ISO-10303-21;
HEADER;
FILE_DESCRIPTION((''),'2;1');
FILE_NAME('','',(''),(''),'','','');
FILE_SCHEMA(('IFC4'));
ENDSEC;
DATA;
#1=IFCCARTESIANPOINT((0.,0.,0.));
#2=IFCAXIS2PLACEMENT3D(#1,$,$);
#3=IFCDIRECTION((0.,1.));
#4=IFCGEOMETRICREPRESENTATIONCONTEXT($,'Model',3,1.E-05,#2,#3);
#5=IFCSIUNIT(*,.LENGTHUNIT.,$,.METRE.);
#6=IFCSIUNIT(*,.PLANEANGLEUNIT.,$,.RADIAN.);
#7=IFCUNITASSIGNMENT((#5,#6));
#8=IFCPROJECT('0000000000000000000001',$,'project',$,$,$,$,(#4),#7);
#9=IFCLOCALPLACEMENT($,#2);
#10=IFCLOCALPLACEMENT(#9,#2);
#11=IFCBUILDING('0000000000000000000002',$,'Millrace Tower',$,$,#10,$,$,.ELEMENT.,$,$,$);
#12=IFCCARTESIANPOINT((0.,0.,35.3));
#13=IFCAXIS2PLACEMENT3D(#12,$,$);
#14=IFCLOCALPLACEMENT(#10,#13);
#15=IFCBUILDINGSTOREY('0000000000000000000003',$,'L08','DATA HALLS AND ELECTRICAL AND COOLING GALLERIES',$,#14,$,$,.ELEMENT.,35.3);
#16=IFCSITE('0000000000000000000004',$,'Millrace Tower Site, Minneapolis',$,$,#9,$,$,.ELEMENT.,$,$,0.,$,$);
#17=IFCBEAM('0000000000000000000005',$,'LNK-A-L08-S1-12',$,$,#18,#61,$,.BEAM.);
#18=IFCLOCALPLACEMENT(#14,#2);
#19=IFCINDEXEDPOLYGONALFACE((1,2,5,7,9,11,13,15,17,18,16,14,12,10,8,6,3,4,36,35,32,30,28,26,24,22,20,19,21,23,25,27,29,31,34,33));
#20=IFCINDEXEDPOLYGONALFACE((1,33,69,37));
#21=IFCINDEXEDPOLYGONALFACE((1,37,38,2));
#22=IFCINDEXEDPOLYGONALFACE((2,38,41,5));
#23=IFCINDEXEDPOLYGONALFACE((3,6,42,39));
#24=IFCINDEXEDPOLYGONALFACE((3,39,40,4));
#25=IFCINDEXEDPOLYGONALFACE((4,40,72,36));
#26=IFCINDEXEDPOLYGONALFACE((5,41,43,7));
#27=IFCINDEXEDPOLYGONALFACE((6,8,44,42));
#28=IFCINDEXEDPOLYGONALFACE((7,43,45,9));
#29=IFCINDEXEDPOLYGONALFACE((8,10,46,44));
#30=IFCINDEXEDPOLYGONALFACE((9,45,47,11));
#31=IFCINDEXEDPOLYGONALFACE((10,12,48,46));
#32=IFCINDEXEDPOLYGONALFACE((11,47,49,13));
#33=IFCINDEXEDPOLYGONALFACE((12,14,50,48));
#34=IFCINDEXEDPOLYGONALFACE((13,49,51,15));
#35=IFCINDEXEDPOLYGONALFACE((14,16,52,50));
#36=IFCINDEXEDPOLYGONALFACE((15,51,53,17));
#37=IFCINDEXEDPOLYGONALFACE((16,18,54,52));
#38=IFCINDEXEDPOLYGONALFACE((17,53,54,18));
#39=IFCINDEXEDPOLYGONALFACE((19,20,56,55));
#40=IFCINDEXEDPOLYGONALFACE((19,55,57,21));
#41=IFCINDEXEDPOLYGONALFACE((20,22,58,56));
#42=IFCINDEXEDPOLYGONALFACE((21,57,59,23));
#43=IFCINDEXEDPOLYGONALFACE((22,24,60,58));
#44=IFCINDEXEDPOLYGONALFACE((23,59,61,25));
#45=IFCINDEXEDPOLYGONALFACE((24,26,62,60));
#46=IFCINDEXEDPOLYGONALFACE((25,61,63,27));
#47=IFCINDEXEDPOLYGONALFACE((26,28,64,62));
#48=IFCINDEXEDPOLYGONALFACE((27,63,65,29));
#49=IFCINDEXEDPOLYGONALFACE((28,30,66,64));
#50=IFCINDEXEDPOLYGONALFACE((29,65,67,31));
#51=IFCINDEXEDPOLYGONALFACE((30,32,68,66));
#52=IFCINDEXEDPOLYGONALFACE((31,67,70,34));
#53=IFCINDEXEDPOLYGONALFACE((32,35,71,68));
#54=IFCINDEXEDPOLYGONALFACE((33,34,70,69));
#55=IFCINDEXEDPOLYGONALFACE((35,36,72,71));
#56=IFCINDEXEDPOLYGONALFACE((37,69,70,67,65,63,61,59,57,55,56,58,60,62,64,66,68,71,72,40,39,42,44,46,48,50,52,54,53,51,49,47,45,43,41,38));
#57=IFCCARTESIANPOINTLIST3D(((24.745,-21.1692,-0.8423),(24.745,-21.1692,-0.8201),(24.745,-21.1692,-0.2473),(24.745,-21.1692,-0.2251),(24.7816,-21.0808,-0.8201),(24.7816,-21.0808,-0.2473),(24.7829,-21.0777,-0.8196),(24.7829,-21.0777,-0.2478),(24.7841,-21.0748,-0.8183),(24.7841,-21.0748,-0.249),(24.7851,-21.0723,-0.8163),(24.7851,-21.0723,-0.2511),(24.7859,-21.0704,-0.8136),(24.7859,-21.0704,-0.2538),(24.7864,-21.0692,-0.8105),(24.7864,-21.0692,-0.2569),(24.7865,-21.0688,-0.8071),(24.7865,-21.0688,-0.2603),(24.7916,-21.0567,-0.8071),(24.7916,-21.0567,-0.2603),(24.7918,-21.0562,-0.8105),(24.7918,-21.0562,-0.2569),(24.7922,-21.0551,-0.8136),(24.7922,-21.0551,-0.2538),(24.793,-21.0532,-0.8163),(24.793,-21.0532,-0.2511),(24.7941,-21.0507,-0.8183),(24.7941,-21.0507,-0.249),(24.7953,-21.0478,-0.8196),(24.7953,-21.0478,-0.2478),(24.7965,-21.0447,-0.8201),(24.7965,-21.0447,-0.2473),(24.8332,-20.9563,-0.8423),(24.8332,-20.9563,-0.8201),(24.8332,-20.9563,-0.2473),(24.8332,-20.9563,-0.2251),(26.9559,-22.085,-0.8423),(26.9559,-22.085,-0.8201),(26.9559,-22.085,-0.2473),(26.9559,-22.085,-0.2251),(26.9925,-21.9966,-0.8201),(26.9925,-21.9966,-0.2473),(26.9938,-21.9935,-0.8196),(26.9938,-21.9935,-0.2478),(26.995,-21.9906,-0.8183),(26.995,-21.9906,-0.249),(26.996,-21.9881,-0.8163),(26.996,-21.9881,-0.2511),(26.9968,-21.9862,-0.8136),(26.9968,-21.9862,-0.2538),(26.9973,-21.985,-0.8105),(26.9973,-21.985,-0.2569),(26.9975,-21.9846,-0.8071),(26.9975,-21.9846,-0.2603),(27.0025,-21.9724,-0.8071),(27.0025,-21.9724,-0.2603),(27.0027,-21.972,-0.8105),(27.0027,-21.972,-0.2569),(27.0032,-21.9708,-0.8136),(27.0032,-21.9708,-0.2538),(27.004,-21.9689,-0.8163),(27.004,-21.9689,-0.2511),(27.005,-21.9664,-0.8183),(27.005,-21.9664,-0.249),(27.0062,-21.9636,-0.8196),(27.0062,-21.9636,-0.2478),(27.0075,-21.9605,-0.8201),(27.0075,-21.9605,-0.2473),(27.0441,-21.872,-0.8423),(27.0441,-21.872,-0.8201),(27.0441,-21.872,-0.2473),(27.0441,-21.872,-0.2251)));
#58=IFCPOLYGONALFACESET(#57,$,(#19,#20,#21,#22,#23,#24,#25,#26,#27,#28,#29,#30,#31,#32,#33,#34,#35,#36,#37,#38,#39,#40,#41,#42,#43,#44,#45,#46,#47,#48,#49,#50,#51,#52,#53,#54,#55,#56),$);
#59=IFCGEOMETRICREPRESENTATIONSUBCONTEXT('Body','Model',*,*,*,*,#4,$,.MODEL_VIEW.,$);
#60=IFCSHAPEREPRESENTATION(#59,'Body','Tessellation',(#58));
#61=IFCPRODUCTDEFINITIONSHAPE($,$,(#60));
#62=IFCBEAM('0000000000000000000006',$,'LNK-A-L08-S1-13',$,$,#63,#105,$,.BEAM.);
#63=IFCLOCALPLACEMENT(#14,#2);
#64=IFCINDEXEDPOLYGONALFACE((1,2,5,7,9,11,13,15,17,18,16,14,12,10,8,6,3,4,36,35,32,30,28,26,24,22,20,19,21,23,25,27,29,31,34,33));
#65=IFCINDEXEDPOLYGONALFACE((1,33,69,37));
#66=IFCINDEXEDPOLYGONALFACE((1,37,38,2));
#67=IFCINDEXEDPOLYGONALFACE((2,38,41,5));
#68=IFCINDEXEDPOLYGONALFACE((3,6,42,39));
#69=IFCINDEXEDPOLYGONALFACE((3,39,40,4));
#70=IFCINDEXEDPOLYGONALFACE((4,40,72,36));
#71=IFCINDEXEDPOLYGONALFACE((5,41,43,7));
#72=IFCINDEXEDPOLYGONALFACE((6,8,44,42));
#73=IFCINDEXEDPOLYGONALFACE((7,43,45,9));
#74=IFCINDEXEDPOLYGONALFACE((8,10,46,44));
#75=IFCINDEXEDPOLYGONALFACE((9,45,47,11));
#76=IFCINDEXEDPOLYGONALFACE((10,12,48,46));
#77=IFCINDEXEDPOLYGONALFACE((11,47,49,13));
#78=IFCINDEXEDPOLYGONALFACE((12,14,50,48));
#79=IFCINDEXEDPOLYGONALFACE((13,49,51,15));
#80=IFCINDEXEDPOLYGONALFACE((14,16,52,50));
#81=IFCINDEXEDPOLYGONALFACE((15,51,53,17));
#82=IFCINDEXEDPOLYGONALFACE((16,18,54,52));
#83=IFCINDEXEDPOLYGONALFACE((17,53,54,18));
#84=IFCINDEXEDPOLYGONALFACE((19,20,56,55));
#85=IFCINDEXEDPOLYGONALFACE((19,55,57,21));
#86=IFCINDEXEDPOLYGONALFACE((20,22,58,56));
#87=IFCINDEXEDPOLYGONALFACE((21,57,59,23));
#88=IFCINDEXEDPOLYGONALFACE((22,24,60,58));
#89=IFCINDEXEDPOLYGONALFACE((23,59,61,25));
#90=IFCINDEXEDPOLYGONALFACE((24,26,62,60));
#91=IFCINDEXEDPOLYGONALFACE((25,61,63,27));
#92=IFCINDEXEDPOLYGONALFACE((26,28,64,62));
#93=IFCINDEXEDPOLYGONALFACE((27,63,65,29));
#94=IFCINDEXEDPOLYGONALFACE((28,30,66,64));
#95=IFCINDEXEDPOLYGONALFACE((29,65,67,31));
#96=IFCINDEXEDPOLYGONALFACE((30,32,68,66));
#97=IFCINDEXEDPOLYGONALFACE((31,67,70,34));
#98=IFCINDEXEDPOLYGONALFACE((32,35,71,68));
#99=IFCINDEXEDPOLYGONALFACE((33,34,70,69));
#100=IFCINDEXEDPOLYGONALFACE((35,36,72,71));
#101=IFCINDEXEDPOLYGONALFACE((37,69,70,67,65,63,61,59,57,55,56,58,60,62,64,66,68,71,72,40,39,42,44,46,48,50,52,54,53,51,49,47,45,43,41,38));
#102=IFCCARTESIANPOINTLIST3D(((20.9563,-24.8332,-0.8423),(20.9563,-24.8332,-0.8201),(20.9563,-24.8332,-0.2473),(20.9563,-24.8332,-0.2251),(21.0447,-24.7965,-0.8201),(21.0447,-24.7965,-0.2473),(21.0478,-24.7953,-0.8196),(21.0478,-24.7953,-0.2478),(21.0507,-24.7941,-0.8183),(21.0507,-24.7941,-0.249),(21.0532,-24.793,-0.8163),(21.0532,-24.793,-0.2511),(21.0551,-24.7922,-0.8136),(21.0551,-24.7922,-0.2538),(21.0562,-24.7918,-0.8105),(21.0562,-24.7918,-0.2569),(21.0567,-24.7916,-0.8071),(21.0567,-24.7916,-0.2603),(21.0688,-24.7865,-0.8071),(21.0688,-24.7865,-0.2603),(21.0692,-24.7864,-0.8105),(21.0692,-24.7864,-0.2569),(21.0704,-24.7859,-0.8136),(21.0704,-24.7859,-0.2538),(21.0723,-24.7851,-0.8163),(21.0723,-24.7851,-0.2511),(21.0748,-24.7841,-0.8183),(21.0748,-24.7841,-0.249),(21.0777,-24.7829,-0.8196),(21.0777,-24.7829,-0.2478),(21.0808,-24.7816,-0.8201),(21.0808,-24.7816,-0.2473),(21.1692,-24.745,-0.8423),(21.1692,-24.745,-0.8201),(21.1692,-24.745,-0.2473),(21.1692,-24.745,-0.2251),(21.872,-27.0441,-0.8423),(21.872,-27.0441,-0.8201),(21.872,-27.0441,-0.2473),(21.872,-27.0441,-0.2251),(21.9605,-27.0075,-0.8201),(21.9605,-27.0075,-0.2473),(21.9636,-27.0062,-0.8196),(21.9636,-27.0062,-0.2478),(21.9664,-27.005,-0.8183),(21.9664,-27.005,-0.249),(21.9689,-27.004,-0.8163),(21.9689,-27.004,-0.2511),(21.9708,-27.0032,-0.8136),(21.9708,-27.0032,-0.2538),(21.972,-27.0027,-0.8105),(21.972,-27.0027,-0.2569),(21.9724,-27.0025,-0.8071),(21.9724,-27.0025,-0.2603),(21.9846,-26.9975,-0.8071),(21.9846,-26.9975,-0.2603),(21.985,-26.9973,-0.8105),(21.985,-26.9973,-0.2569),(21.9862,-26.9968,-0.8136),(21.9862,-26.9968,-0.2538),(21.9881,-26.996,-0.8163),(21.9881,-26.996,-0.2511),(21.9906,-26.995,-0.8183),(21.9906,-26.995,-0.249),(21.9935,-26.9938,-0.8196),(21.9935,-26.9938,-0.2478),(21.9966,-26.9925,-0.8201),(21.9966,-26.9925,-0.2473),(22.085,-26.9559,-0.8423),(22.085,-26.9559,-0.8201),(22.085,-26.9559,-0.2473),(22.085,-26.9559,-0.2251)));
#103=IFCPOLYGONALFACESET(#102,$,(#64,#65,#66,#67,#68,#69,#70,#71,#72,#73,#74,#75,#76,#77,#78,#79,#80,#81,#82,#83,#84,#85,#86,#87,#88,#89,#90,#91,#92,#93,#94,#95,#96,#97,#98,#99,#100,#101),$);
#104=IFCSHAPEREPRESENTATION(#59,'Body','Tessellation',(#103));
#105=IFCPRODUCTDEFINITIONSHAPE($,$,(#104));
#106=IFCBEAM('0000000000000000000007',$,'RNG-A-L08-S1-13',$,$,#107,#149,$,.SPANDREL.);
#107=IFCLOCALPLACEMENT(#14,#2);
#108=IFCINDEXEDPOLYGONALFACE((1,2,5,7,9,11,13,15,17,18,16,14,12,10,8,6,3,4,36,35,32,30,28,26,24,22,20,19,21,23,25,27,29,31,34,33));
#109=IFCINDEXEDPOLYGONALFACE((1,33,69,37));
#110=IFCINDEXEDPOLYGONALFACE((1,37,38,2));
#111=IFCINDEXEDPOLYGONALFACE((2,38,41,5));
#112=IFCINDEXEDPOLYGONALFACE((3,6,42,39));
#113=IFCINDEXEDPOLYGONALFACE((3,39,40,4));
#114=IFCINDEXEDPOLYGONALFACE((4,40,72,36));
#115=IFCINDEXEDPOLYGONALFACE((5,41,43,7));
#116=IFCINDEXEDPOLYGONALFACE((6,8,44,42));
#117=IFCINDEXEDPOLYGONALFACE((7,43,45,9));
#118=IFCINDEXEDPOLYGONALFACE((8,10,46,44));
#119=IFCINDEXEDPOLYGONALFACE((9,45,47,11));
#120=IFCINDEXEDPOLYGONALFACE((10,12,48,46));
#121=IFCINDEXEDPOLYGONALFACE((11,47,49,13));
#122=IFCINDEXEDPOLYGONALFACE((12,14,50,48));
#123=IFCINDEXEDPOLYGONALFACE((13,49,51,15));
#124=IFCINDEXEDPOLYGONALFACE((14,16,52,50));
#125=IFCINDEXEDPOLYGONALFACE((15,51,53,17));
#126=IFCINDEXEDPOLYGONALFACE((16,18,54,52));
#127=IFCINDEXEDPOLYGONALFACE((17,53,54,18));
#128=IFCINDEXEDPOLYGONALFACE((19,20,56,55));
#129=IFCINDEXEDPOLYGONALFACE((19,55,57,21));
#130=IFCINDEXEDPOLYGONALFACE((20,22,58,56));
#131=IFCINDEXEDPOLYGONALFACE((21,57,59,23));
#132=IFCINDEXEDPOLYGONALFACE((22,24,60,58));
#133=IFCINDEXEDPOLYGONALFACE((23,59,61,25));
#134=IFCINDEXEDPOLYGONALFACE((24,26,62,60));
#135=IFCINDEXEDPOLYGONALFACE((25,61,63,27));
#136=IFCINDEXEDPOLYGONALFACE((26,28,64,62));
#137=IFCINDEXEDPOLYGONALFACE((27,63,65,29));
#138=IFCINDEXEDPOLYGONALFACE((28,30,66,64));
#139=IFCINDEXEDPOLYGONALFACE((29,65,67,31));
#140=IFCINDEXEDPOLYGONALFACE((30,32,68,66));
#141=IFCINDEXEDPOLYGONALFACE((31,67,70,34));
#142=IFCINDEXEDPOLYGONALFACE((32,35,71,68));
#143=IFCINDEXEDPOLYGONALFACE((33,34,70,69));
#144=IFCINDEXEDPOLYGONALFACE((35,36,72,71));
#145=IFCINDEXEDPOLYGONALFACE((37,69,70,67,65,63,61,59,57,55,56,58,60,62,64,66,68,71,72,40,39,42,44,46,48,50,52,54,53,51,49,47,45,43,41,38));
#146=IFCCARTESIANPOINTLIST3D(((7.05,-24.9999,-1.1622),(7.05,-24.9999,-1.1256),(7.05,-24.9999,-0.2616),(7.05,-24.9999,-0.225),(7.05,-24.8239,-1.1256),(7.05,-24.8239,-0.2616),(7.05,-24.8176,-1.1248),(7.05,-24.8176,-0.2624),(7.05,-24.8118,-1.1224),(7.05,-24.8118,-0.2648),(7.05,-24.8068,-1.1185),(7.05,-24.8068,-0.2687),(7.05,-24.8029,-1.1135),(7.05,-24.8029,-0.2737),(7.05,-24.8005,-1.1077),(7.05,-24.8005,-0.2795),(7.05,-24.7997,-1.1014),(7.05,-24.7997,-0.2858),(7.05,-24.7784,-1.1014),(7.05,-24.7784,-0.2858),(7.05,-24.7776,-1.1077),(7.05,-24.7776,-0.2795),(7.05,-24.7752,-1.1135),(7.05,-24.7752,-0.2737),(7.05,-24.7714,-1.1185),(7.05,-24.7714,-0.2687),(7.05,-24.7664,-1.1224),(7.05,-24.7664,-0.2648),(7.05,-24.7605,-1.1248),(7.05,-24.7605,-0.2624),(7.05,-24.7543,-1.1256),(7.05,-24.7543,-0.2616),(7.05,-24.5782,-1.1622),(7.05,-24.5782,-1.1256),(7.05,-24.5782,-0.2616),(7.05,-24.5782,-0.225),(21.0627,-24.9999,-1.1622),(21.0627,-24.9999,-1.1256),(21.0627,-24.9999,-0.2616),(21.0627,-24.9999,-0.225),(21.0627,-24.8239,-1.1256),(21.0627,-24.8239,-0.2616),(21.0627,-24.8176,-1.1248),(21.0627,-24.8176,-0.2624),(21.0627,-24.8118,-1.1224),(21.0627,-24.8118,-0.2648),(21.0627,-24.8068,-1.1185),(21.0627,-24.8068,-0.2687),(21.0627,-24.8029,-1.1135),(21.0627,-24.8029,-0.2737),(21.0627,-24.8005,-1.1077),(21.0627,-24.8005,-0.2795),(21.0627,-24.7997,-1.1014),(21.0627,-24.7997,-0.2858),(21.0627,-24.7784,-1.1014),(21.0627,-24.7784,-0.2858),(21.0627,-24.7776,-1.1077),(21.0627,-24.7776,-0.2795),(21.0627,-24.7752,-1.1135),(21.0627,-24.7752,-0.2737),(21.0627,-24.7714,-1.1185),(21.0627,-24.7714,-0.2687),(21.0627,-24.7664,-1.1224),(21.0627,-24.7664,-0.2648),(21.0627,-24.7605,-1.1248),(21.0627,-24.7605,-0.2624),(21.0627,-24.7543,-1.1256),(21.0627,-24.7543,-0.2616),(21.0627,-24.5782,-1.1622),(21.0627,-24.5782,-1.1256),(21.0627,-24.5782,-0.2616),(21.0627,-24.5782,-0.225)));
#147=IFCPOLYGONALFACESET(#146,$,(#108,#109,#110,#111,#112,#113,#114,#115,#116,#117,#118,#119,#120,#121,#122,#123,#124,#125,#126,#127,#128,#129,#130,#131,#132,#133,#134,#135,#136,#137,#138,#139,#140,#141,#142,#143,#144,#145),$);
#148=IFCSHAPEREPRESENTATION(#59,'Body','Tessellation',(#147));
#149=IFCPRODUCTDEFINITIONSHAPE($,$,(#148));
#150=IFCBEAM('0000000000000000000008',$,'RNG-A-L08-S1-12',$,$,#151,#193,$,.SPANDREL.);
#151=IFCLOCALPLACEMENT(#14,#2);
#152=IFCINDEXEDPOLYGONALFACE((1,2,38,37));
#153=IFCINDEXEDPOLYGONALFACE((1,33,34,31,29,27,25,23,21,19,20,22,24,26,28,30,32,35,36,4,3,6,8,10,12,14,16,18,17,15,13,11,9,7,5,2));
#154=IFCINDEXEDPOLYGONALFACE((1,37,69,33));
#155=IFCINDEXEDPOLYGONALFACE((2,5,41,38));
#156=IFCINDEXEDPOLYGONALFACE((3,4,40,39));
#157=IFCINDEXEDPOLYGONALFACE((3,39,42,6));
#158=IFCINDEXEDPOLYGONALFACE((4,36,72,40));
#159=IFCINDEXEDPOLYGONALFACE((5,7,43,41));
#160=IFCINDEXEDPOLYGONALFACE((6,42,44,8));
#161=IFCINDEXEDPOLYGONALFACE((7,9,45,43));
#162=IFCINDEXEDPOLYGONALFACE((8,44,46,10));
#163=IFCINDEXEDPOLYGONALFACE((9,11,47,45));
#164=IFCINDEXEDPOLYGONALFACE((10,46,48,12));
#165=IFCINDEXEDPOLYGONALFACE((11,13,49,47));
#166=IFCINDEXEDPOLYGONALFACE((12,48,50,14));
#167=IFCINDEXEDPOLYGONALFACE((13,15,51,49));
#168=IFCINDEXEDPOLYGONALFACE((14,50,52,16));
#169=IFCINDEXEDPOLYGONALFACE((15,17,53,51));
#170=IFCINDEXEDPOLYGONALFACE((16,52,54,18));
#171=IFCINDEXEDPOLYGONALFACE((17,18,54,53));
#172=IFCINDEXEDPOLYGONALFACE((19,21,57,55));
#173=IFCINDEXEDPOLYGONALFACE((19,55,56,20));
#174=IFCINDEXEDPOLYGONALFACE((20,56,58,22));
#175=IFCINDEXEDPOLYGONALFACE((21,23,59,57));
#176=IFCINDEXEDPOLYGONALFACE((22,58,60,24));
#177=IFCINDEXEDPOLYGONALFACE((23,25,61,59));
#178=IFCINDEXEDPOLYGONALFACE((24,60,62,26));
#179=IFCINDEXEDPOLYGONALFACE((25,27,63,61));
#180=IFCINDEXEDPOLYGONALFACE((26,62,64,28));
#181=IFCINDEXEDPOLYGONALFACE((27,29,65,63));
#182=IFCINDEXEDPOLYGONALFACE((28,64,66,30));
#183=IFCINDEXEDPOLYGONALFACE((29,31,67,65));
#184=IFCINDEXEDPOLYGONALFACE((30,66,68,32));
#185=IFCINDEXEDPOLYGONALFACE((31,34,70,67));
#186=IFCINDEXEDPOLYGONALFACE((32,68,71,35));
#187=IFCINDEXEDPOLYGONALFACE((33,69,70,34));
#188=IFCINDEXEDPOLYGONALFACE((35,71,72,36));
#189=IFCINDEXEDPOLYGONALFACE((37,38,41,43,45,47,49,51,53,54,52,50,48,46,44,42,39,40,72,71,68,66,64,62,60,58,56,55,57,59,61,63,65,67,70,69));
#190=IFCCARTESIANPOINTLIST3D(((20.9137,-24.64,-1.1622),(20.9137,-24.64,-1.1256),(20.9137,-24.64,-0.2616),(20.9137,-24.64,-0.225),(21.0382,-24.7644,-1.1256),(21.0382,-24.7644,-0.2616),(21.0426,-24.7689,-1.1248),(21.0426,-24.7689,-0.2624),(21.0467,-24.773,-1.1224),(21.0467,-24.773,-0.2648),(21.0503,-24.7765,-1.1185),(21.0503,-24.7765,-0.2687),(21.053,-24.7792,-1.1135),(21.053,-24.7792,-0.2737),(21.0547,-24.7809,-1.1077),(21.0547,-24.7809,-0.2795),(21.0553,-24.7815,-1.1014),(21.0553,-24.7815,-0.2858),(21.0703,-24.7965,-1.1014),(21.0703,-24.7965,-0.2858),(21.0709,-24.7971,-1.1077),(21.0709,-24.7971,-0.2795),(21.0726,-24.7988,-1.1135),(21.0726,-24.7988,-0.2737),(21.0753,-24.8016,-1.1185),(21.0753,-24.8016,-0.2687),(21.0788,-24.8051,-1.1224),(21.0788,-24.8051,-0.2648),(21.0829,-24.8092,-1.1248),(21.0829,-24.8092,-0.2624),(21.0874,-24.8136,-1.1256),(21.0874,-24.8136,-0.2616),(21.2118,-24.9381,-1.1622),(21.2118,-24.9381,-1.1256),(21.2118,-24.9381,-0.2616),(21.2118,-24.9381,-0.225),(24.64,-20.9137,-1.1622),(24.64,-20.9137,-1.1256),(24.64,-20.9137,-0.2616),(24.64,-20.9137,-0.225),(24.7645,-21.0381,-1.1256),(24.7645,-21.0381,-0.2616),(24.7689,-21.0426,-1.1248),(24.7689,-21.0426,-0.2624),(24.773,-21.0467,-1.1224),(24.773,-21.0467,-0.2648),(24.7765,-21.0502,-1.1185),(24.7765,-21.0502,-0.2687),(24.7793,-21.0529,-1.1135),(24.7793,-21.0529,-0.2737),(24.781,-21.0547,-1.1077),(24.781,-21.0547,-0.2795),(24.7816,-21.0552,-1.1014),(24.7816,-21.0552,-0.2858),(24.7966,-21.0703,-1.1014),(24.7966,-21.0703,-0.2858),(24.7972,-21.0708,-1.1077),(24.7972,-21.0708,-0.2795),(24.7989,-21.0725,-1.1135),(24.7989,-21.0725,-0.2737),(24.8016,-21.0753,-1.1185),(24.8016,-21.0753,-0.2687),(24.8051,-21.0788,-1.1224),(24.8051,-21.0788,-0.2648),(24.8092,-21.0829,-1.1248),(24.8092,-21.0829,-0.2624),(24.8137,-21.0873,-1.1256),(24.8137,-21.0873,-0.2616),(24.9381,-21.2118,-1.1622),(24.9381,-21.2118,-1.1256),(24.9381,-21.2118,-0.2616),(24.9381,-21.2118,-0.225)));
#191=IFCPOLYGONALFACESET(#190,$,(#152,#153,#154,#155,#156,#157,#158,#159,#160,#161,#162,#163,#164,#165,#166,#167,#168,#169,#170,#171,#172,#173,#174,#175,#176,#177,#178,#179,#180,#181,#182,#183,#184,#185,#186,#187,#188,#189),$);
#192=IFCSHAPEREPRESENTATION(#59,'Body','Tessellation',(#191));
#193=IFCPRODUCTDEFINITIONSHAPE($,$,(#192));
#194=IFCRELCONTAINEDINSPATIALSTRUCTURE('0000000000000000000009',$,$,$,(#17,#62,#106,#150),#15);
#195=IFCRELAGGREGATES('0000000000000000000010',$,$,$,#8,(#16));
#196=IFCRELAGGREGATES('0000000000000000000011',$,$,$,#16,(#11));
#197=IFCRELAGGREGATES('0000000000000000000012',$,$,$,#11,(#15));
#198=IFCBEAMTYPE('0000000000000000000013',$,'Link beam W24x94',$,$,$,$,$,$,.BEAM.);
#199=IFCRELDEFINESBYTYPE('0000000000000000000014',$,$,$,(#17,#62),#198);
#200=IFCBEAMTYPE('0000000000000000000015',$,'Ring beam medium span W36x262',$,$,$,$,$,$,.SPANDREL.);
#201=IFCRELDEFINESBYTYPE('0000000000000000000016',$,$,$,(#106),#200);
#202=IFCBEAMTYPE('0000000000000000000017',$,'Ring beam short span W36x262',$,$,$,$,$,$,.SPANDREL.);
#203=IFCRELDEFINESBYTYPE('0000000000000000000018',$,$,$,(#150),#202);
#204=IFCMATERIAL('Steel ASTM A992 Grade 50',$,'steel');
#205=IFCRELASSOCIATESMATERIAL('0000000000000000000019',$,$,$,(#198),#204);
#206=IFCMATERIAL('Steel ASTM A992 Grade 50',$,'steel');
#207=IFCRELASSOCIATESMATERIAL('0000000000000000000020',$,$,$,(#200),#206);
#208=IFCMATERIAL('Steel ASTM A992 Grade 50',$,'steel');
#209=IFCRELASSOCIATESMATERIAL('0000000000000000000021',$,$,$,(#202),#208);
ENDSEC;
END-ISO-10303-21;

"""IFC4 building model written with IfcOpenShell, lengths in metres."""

from ifc_helpers import new_model, si_unit, direction, frame, origin, origin_2d, place, context, subcontext, project, spatial, i_section, extrude, material, material_profile, profile_set, type_object, element, save


model = new_model("IFC4")

# Units and contexts
model_context = context("Model", 3, precision=1e-05, world=origin(), true_north=direction((0.0, 1.0)))
body_context = subcontext(model_context, "Body", "Model", "MODEL_VIEW")
ifc_project = project(units=[si_unit("LENGTHUNIT", "METRE"), si_unit("PLANEANGLEUNIT", "RADIAN")], contexts=[model_context])

# Site, building, storey
site_placement = place(None, origin())
site = spatial("IfcSite", under=ifc_project, at=site_placement, Name="Millrace Tower Site, Minneapolis", CompositionType="ELEMENT", RefElevation=0.0)
building_placement = place(site_placement, origin())
building = spatial("IfcBuilding", under=site, at=building_placement, Name="Millrace Tower", CompositionType="ELEMENT")
storey_placement = place(building_placement, frame((0.0, 0.0, 35.3)))
storey = spatial("IfcBuildingStorey", under=building, at=storey_placement, Name="L08", Description="DATA HALLS AND ELECTRICAL AND COOLING GALLERIES", CompositionType="ELEMENT", Elevation=35.3)

# Beams
ifc_material_1 = material(Name="Steel ASTM A992 Grade 50", Category="steel")
ifc_material_profile_1 = material_profile(ifc_material_1, i_section(OverallWidth=0.2305, OverallDepth=0.6172, WebThickness=0.0132, FlangeThickness=0.0222, FilletRadius=0.0129, at=origin_2d()))
ifc_profile_set_1 = profile_set([ifc_material_profile_1], Name="Steel ASTM A992 Grade 50")
beam_type_1 = type_object("IfcBeamType", Name="Link beam W24x94", PredefinedType="BEAM", material=ifc_profile_set_1)
for number, where, z_axis, x_axis, name in (
    (1, (24.7891, -21.0627, -0.5337), (0.923884, -0.382673, 0.0), (0.382673, 0.923884, 0.0), "LNK-A-L08-S1-12"),
    (2, (21.0627, -24.7891, -0.5337), (0.382673, -0.923884, 0.0), (0.923884, 0.382673, 0.0), "LNK-A-L08-S1-13"),
):
    element("IfcBeam", number, at=place(storey_placement, frame(where, z_axis=z_axis, x_axis=x_axis)), inside=storey, type_object=beam_type_1, Name=name, PredefinedType="BEAM", context=body_context, shape_type="SweptSolid", body=[
        extrude(i_section(OverallWidth=0.2305, OverallDepth=0.6172, WebThickness=0.0132, FlangeThickness=0.0222, FilletRadius=0.0129, at=origin_2d()), origin(), (0.0, 0.0, 1.0), 2.3931),
    ])
ifc_material_2 = material(Name="Steel ASTM A992 Grade 50", Category="steel")
ifc_material_profile_2 = material_profile(ifc_material_2, i_section(OverallWidth=0.4216, OverallDepth=0.9373, WebThickness=0.0212, FlangeThickness=0.0366, FilletRadius=0.0242, at=origin_2d()))
ifc_profile_set_2 = profile_set([ifc_material_profile_2], Name="Steel ASTM A992 Grade 50")
beam_type_2 = type_object("IfcBeamType", Name="Ring beam medium span W36x262", PredefinedType="SPANDREL", material=ifc_profile_set_2)
beam_1_placement = place(storey_placement, frame((21.0627, -24.7891, -0.6936), z_axis=(-1.0, 0.0, 0.0), x_axis=(0.0, -1.0, 0.0)))
element("IfcBeam", 3, at=beam_1_placement, inside=storey, type_object=beam_type_2, Name="RNG-A-L08-S1-13", PredefinedType="SPANDREL", context=body_context, shape_type="SweptSolid", body=[
    extrude(i_section(OverallWidth=0.4216, OverallDepth=0.9373, WebThickness=0.0212, FlangeThickness=0.0366, FilletRadius=0.0242, at=origin_2d()), origin(), (0.0, 0.0, 1.0), 14.0127),
])
ifc_material_3 = material(Name="Steel ASTM A992 Grade 50", Category="steel")
ifc_material_profile_3 = material_profile(ifc_material_3, i_section(OverallWidth=0.4216, OverallDepth=0.9373, WebThickness=0.0212, FlangeThickness=0.0366, FilletRadius=0.0242, at=origin_2d()))
ifc_profile_set_3 = profile_set([ifc_material_profile_3], Name="Steel ASTM A992 Grade 50")
beam_type_3 = type_object("IfcBeamType", Name="Ring beam short span W36x262", PredefinedType="SPANDREL", material=ifc_profile_set_3)
beam_2_placement = place(storey_placement, frame((24.7891, -21.0627, -0.6936), z_axis=(-0.707107, -0.707107, 0.0), x_axis=(0.707107, -0.707107, 0.0)))
element("IfcBeam", 4, at=beam_2_placement, inside=storey, type_object=beam_type_3, Name="RNG-A-L08-S1-12", PredefinedType="SPANDREL", context=body_context, shape_type="SweptSolid", body=[
    extrude(i_section(OverallWidth=0.4216, OverallDepth=0.9373, WebThickness=0.0212, FlangeThickness=0.0366, FilletRadius=0.0242, at=origin_2d()), origin(), (0.0, 0.0, 1.0), 5.2698),
])

save(model, "model.ifc")
